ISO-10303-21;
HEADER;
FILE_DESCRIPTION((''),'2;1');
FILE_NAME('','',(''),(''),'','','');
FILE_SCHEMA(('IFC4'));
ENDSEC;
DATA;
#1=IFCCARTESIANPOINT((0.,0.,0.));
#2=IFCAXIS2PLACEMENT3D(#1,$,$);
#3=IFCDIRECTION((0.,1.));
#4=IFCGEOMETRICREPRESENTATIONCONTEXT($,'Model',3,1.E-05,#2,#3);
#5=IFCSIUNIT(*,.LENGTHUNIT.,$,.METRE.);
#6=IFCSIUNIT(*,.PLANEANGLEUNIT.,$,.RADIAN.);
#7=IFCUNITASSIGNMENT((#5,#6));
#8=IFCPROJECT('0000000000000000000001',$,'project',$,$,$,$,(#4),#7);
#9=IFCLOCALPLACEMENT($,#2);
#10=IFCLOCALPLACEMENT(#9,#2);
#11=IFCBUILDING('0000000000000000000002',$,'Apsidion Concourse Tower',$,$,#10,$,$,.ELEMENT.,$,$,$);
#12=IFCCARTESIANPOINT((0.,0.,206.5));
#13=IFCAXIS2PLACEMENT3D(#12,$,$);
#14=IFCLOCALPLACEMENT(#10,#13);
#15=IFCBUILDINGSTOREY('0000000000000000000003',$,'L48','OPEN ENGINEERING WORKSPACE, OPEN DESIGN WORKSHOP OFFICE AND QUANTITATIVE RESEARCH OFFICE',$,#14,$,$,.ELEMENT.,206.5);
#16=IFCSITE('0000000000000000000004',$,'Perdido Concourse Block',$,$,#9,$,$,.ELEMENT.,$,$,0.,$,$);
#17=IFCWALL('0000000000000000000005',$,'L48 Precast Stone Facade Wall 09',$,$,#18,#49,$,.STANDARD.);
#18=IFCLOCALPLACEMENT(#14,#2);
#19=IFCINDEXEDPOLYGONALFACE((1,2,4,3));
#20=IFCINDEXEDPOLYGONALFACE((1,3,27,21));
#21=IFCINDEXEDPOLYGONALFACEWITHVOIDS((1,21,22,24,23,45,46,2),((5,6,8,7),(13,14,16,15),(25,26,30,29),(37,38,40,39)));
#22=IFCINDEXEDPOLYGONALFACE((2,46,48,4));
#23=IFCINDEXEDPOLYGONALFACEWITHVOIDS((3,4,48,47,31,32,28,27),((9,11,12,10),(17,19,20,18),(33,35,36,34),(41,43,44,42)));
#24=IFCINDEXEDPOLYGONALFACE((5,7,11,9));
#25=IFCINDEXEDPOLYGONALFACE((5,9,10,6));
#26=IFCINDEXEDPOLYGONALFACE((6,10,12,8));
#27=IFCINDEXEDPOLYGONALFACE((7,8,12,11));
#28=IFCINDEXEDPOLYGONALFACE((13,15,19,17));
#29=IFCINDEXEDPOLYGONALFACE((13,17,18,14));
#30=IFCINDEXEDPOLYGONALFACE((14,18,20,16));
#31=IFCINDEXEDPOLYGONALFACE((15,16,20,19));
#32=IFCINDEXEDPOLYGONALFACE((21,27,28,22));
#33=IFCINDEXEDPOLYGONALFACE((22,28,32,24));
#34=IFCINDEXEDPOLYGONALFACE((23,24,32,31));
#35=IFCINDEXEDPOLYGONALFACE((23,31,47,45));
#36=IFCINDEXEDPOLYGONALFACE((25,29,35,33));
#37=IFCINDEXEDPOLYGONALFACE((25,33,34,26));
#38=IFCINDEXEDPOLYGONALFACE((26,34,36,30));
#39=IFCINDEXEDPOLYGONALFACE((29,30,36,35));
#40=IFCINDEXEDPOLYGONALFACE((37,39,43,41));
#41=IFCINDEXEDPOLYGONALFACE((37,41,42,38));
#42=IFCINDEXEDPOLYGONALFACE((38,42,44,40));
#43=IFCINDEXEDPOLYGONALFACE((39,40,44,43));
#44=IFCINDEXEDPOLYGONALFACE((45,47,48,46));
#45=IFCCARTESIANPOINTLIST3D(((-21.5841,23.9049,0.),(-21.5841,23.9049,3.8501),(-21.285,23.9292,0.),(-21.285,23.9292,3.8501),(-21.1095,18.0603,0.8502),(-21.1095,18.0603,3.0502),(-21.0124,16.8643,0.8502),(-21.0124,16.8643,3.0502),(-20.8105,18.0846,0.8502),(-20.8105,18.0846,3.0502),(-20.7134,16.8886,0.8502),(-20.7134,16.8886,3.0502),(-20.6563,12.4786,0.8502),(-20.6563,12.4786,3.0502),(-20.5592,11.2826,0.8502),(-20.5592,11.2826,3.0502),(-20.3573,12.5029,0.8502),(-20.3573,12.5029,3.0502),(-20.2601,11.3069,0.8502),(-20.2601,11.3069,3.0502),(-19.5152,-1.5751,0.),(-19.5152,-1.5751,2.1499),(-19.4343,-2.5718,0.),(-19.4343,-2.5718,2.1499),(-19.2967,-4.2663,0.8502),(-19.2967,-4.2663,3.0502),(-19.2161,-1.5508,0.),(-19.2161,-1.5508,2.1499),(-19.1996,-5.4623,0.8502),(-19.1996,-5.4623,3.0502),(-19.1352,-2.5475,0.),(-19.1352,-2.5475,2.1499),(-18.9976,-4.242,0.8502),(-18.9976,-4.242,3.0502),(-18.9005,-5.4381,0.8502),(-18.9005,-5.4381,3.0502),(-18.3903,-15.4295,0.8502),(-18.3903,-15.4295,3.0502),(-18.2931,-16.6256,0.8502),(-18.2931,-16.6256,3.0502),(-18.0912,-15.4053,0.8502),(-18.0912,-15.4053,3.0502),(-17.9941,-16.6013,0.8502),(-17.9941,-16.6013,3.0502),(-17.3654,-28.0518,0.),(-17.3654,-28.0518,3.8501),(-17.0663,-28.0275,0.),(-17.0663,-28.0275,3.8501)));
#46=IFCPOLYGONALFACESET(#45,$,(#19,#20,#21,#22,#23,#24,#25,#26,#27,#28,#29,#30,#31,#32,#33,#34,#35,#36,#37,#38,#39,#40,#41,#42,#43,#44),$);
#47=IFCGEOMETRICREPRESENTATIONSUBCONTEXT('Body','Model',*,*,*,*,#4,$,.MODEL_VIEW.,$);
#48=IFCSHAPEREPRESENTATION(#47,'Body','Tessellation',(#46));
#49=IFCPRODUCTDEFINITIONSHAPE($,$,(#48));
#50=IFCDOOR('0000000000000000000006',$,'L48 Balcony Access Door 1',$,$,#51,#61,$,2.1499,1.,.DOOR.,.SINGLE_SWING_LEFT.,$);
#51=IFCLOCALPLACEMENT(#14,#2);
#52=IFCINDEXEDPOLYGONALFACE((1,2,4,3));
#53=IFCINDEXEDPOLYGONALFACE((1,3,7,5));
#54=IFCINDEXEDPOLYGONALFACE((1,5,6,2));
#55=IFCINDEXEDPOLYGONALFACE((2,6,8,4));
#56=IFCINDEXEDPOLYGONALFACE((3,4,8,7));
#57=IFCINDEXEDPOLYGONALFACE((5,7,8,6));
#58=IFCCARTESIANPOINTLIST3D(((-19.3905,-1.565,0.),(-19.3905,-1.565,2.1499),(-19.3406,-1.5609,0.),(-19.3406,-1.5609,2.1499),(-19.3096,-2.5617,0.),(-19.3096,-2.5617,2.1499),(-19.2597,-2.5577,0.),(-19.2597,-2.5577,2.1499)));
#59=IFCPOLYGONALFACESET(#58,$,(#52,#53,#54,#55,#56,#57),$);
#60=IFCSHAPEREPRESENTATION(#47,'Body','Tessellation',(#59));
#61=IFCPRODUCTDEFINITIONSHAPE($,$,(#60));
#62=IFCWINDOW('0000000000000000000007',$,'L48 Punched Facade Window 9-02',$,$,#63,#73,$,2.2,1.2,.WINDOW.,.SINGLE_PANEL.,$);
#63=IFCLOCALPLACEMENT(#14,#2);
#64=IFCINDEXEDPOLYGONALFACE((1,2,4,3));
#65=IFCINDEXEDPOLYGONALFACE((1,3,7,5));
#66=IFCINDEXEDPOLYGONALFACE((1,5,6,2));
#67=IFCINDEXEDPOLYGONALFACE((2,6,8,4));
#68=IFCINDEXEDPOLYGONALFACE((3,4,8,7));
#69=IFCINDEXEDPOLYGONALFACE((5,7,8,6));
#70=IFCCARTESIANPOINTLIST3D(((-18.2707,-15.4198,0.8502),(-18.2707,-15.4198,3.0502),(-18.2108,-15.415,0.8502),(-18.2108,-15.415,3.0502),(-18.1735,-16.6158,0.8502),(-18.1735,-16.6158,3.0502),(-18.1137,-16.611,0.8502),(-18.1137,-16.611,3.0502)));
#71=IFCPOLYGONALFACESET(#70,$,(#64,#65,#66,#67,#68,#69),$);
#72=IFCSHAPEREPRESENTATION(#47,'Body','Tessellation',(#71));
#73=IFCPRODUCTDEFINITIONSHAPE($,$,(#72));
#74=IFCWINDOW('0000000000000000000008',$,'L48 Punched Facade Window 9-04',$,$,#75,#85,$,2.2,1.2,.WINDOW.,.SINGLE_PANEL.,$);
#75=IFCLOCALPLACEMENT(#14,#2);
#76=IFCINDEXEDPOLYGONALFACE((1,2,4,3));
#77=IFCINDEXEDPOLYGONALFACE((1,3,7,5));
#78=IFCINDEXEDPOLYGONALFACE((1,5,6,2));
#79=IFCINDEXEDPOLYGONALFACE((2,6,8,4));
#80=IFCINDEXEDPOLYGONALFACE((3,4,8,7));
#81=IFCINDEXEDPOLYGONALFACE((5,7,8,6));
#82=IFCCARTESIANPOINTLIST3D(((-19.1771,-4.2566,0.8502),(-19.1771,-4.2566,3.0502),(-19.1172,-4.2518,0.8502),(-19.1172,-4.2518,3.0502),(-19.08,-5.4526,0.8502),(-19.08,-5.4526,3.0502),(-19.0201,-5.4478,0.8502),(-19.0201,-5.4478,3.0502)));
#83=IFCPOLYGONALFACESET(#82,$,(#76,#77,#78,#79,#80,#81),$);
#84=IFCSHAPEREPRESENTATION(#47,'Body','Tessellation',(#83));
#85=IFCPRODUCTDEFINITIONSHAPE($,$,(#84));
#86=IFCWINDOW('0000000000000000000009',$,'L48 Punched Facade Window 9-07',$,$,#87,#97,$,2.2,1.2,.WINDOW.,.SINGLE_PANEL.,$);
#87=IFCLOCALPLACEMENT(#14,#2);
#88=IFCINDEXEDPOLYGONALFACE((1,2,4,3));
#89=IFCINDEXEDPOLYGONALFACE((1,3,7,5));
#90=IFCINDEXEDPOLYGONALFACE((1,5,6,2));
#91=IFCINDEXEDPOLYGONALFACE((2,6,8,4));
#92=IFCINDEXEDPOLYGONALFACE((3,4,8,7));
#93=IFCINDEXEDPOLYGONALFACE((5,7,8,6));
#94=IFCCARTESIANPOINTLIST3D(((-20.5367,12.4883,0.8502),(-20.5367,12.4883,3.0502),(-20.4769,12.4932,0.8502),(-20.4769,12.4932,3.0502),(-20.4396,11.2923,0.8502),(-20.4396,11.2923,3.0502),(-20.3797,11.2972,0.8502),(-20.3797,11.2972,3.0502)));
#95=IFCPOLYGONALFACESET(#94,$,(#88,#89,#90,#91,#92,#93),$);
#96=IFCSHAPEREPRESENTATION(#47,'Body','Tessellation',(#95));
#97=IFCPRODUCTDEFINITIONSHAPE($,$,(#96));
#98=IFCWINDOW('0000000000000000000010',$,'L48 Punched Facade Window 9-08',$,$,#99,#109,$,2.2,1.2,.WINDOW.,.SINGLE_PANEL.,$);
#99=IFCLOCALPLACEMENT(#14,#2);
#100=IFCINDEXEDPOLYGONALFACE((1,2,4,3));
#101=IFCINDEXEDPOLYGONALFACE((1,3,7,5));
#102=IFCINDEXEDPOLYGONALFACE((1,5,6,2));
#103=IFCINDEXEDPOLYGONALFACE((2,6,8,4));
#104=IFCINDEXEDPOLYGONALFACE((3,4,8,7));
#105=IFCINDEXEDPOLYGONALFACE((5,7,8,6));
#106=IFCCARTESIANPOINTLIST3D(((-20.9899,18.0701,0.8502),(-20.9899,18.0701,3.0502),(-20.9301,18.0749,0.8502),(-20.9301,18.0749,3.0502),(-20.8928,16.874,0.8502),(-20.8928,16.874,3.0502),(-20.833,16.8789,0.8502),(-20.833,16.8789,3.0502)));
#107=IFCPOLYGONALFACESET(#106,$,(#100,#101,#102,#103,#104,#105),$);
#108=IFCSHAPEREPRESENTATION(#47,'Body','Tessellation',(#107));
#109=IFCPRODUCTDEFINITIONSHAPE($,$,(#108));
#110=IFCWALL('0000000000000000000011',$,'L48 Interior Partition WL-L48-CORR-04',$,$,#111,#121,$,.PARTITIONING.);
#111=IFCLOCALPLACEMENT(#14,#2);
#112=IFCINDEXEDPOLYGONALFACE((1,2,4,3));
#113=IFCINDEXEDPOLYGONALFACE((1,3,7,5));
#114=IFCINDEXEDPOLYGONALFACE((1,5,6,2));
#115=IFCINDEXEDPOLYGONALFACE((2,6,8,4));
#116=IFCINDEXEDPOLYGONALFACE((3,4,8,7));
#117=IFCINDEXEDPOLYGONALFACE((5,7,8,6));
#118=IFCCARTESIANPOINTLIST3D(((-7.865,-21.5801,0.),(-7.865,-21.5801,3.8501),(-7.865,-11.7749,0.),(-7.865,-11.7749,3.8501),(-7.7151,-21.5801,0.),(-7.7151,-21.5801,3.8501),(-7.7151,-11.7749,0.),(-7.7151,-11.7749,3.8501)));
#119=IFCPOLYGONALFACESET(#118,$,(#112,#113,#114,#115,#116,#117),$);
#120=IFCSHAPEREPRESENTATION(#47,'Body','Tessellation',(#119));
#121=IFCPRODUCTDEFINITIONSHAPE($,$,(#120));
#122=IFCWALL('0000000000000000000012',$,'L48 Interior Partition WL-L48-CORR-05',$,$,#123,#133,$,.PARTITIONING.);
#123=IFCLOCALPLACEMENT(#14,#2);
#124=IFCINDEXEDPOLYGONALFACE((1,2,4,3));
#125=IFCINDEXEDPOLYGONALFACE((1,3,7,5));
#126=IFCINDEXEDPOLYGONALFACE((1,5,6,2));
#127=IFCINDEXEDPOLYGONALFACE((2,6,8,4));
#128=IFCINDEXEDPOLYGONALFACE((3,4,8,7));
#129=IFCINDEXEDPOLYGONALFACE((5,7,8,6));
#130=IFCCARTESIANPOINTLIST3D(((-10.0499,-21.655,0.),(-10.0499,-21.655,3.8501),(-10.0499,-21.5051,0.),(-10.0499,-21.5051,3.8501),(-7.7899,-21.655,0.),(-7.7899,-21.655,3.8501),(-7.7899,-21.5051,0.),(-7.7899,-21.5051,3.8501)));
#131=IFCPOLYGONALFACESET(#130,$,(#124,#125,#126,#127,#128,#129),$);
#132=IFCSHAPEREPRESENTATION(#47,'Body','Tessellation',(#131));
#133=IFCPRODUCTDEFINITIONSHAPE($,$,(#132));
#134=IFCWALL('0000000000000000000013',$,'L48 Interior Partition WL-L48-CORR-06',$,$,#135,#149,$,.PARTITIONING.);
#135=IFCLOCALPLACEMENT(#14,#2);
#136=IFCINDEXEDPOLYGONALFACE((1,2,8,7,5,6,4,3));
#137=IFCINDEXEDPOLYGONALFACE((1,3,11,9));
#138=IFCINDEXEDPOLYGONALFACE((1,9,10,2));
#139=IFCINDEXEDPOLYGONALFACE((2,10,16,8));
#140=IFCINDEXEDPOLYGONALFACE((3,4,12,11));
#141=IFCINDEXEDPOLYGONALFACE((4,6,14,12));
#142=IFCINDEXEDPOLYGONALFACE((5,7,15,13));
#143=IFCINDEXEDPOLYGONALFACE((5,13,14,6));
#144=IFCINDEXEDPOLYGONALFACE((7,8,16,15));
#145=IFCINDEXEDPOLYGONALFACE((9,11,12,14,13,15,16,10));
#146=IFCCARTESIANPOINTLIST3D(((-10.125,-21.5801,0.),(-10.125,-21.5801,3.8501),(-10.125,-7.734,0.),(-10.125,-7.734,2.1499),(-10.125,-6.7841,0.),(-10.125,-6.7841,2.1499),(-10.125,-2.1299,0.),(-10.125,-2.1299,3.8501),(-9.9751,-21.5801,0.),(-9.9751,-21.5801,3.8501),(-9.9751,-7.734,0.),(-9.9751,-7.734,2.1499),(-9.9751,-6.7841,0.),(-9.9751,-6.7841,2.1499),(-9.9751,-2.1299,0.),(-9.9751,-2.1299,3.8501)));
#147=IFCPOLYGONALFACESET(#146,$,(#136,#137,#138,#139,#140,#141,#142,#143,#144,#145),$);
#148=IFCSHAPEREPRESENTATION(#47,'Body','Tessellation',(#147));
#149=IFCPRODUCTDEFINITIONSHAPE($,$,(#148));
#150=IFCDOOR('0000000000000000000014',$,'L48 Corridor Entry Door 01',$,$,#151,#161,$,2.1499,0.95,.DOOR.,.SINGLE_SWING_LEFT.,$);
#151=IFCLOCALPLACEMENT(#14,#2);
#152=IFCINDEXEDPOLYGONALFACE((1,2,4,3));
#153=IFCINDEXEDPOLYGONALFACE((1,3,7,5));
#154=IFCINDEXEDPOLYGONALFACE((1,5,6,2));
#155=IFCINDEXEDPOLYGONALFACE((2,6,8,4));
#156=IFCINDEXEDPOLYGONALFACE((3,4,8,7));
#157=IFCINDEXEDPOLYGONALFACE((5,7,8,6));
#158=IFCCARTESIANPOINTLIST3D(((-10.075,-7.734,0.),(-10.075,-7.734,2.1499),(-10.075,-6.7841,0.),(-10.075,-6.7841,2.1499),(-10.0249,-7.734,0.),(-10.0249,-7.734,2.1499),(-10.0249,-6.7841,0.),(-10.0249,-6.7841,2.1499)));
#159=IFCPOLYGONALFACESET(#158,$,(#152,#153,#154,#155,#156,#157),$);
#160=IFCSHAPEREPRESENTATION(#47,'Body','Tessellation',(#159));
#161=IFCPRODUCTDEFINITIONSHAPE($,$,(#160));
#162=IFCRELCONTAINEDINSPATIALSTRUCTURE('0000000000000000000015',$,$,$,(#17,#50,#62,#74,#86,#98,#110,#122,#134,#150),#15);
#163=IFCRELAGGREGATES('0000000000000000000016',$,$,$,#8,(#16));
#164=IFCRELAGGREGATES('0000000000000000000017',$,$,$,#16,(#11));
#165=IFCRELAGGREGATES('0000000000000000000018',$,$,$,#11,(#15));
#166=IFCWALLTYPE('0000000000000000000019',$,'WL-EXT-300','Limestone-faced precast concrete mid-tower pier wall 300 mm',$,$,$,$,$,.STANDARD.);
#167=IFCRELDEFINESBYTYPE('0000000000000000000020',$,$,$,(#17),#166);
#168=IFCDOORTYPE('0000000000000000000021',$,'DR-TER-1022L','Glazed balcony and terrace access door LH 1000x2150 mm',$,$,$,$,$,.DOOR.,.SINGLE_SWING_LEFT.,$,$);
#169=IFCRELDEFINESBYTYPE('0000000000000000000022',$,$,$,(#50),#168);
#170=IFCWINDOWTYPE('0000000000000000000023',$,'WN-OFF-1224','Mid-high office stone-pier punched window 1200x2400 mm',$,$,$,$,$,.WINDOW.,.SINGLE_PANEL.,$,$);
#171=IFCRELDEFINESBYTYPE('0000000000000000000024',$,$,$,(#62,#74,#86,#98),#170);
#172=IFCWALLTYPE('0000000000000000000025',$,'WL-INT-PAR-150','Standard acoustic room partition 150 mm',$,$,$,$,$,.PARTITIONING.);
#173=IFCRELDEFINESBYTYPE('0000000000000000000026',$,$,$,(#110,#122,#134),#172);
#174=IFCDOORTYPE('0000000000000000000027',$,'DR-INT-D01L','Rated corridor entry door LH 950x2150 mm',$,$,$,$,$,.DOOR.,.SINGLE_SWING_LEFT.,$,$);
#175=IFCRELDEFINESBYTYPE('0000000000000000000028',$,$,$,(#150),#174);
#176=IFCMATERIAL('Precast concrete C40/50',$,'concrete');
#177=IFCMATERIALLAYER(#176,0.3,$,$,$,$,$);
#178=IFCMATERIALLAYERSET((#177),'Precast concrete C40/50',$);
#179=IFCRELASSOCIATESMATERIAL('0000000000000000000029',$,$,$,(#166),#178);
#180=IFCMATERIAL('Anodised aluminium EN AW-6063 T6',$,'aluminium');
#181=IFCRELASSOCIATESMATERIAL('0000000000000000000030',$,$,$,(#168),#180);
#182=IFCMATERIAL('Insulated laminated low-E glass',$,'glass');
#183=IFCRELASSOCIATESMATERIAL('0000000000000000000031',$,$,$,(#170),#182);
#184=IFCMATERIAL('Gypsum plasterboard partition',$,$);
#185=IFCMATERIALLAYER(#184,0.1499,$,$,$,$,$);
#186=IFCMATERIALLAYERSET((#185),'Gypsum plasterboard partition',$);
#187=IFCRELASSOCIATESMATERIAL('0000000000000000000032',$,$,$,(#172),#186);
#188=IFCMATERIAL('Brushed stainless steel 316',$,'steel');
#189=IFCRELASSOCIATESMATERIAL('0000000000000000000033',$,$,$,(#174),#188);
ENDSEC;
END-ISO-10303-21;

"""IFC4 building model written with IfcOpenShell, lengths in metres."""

from ifc_helpers import new_model, si_unit, direction, frame, frame_2d, origin, place, context, subcontext, project, spatial, rectangle, extrude, material, layer, layer_set, type_object, element, fill, save


model = new_model("IFC4")

# Units and contexts
model_context = context("Model", 3, precision=1e-05, world=origin(), true_north=direction((0.0, 1.0)))
body_context = subcontext(model_context, "Body", "Model", "MODEL_VIEW")
ifc_project = project(units=[si_unit("LENGTHUNIT", "METRE"), si_unit("PLANEANGLEUNIT", "RADIAN")], contexts=[model_context])

# Site, building, storey
site_placement = place(None, origin())
site = spatial("IfcSite", under=ifc_project, at=site_placement, Name="Perdido Concourse Block", CompositionType="ELEMENT", RefElevation=0.0)
building_placement = place(site_placement, origin())
building = spatial("IfcBuilding", under=site, at=building_placement, Name="Apsidion Concourse Tower", CompositionType="ELEMENT")
storey_placement = place(building_placement, frame((0.0, 0.0, 206.5)))
storey = spatial("IfcBuildingStorey", under=building, at=storey_placement, Name="L48", Description="OPEN ENGINEERING WORKSPACE, OPEN DESIGN WORKSHOP OFFICE AND QUANTITATIVE RESEARCH OFFICE", CompositionType="ELEMENT", Elevation=206.5)

# Shared definitions
ifc_material_1 = material(Name="Precast concrete C40/50", Category="concrete")
ifc_layer_1 = layer(ifc_material_1, 0.3)
ifc_layer_set_1 = layer_set([ifc_layer_1], Name="Precast concrete C40/50")
wall_type_1 = type_object("IfcWallType", Name="WL-EXT-300", Description="Limestone-faced precast concrete mid-tower pier wall 300 mm", PredefinedType="STANDARD", material=ifc_layer_set_1)

# Wall, openings, door, windows
wall_1_placement = place(storey_placement, frame((-17.2158, -28.0398, 0.0), z_axis=(0.0, 0.0, 1.0), x_axis=(-0.080931, 0.99672, 0.0)))
wall_1 = element("IfcWall", 1, at=wall_1_placement, inside=storey, type_object=wall_type_1, Name="L48 Precast Stone Facade Wall 09", PredefinedType="STANDARD", context=body_context, shape_type="SweptSolid", body=[
    extrude(rectangle(XDim=52.1277, YDim=0.3, at=frame_2d((26.064, 0.0))), origin(), (0.0, 0.0, 1.0), 3.8501),
])
opening_1_placement = place(wall_1_placement, frame((25.564, 0.0, 0.0)))
opening_1 = element("IfcOpeningElement", 2, at=opening_1_placement, cuts=wall_1, PredefinedType="OPENING", context=body_context, shape_type="SweptSolid", body=[
    extrude(rectangle(XDim=1.0, YDim=2.1499, at=frame_2d((0.5, 1.075))), frame((0.0, 0.1602, 0.0), z_axis=(0.0, -1.0, 0.0), x_axis=(1.0, 0.0, 0.0)), (0.0, 0.0, 1.0), 0.3201),
])
opening_2_placement = place(wall_1_placement, frame((11.4639, 0.0, 0.8501)))
opening_2 = element("IfcOpeningElement", 3, at=opening_2_placement, cuts=wall_1, PredefinedType="OPENING", context=body_context, shape_type="SweptSolid", body=[
    extrude(rectangle(XDim=1.2, YDim=2.2, at=frame_2d((0.6001, 1.1001))), frame((0.0, 0.1602, 0.0), z_axis=(0.0, -1.0, 0.0), x_axis=(1.0, 0.0, 0.0)), (0.0, 0.0, 1.0), 0.3201),
])
opening_3_placement = place(wall_1_placement, frame((22.6638, 0.0, 0.8501)))
opening_3 = element("IfcOpeningElement", 4, at=opening_3_placement, cuts=wall_1, PredefinedType="OPENING", context=body_context, shape_type="SweptSolid", body=[
    extrude(rectangle(XDim=1.2, YDim=2.2, at=frame_2d((0.6001, 1.1001))), frame((0.0, 0.1602, 0.0), z_axis=(0.0, -1.0, 0.0), x_axis=(1.0, 0.0, 0.0)), (0.0, 0.0, 1.0), 0.3201),
])
opening_4_placement = place(wall_1_placement, frame((39.4639, 0.0, 0.8501)))
opening_4 = element("IfcOpeningElement", 5, at=opening_4_placement, cuts=wall_1, PredefinedType="OPENING", context=body_context, shape_type="SweptSolid", body=[
    extrude(rectangle(XDim=1.2, YDim=2.2, at=frame_2d((0.6001, 1.1001))), frame((0.0, 0.1602, 0.0), z_axis=(0.0, -1.0, 0.0), x_axis=(1.0, 0.0, 0.0)), (0.0, 0.0, 1.0), 0.3201),
])
opening_5_placement = place(wall_1_placement, frame((45.064, 0.0, 0.8501)))
opening_5 = element("IfcOpeningElement", 6, at=opening_5_placement, cuts=wall_1, PredefinedType="OPENING", context=body_context, shape_type="SweptSolid", body=[
    extrude(rectangle(XDim=1.2, YDim=2.2, at=frame_2d((0.6001, 1.1001))), frame((0.0, 0.1602, 0.0), z_axis=(0.0, -1.0, 0.0), x_axis=(1.0, 0.0, 0.0)), (0.0, 0.0, 1.0), 0.3201),
])
ifc_material_2 = material(Name="Anodised aluminium EN AW-6063 T6", Category="aluminium")
door_type_1 = type_object("IfcDoorType", Name="DR-TER-1022L", Description="Glazed balcony and terrace access door LH 1000x2150 mm", OperationType="SINGLE_SWING_LEFT", PredefinedType="DOOR", material=ifc_material_2)
door_1_placement = place(opening_1_placement, origin())
door_1 = element("IfcDoor", 7, at=door_1_placement, inside=storey, type_object=door_type_1, Name="L48 Balcony Access Door 1", OperationType="SINGLE_SWING_LEFT", OverallHeight=2.1499, OverallWidth=1.0, PredefinedType="DOOR", context=body_context, shape_type="SweptSolid", body=[
    extrude(rectangle(XDim=1.0, YDim=2.1499, at=frame_2d((0.5, 1.075))), frame((0.0, 0.0249, 0.0), z_axis=(0.0, -1.0, 0.0), x_axis=(1.0, 0.0, 0.0)), (0.0, 0.0, 1.0), 0.05),
])
fill(opening_1, door_1)
ifc_material_3 = material(Name="Insulated laminated low-E glass", Category="glass")
window_type = type_object("IfcWindowType", Name="WN-OFF-1224", Description="Mid-high office stone-pier punched window 1200x2400 mm", PartitioningType="SINGLE_PANEL", PredefinedType="WINDOW", material=ifc_material_3)
window_1_placement = place(opening_2_placement, origin())
window_1 = element("IfcWindow", 8, at=window_1_placement, inside=storey, type_object=window_type, Name="L48 Punched Facade Window 9-02", OverallHeight=2.2, OverallWidth=1.2, PartitioningType="SINGLE_PANEL", PredefinedType="WINDOW", context=body_context, shape_type="SweptSolid", body=[
    extrude(rectangle(XDim=1.2, YDim=2.2, at=frame_2d((0.6001, 1.1001))), frame((0.0, 0.03, 0.0), z_axis=(0.0, -1.0, 0.0), x_axis=(1.0, 0.0, 0.0)), (0.0, 0.0, 1.0), 0.0601),
])
fill(opening_2, window_1)
window_2_placement = place(opening_3_placement, origin())
window_2 = element("IfcWindow", 9, at=window_2_placement, inside=storey, type_object=window_type, Name="L48 Punched Facade Window 9-04", OverallHeight=2.2, OverallWidth=1.2, PartitioningType="SINGLE_PANEL", PredefinedType="WINDOW", context=body_context, shape_type="SweptSolid", body=[
    extrude(rectangle(XDim=1.2, YDim=2.2, at=frame_2d((0.6001, 1.1001))), frame((0.0, 0.03, 0.0), z_axis=(0.0, -1.0, 0.0), x_axis=(1.0, 0.0, 0.0)), (0.0, 0.0, 1.0), 0.0601),
])
fill(opening_3, window_2)
window_3_placement = place(opening_4_placement, origin())
window_3 = element("IfcWindow", 10, at=window_3_placement, inside=storey, type_object=window_type, Name="L48 Punched Facade Window 9-07", OverallHeight=2.2, OverallWidth=1.2, PartitioningType="SINGLE_PANEL", PredefinedType="WINDOW", context=body_context, shape_type="SweptSolid", body=[
    extrude(rectangle(XDim=1.2, YDim=2.2, at=frame_2d((0.6001, 1.1001))), frame((0.0, 0.03, 0.0), z_axis=(0.0, -1.0, 0.0), x_axis=(1.0, 0.0, 0.0)), (0.0, 0.0, 1.0), 0.0601),
])
fill(opening_4, window_3)
window_4_placement = place(opening_5_placement, origin())
window_4 = element("IfcWindow", 11, at=window_4_placement, inside=storey, type_object=window_type, Name="L48 Punched Facade Window 9-08", OverallHeight=2.2, OverallWidth=1.2, PartitioningType="SINGLE_PANEL", PredefinedType="WINDOW", context=body_context, shape_type="SweptSolid", body=[
    extrude(rectangle(XDim=1.2, YDim=2.2, at=frame_2d((0.6001, 1.1001))), frame((0.0, 0.03, 0.0), z_axis=(0.0, -1.0, 0.0), x_axis=(1.0, 0.0, 0.0)), (0.0, 0.0, 1.0), 0.0601),
])
fill(opening_5, window_4)

# Walls
ifc_material_4 = material(Name="Gypsum plasterboard partition")
ifc_layer_2 = layer(ifc_material_4, 0.1499)
ifc_layer_set_2 = layer_set([ifc_layer_2], Name="Gypsum plasterboard partition")
wall_type_2 = type_object("IfcWallType", Name="WL-INT-PAR-150", Description="Standard acoustic room partition 150 mm", PredefinedType="PARTITIONING", material=ifc_layer_set_2)
wall_2_placement = place(storey_placement, frame((-7.79, -11.7749, 0.0), z_axis=(0.0, 0.0, 1.0), x_axis=(0.0, -1.0, 0.0)))
element("IfcWall", 12, at=wall_2_placement, inside=storey, type_object=wall_type_2, Name="L48 Interior Partition WL-L48-CORR-04", PredefinedType="PARTITIONING", context=body_context, shape_type="SweptSolid", body=[
    extrude(rectangle(XDim=9.8052, YDim=0.1499, at=frame_2d((4.9026, 0.0))), origin(), (0.0, 0.0, 1.0), 3.8501),
])
wall_3_placement = place(storey_placement, frame((-7.79, -21.5801, 0.0), z_axis=(0.0, 0.0, 1.0), x_axis=(-1.0, 0.0, 0.0)))
element("IfcWall", 13, at=wall_3_placement, inside=storey, type_object=wall_type_2, Name="L48 Interior Partition WL-L48-CORR-05", PredefinedType="PARTITIONING", context=body_context, shape_type="SweptSolid", body=[
    extrude(rectangle(XDim=2.26, YDim=0.1499, at=frame_2d((1.1299, 0.0))), origin(), (0.0, 0.0, 1.0), 3.8501),
])

# Wall, opening, door
wall_4_placement = place(storey_placement, frame((-10.05, -21.5801, 0.0), z_axis=(0.0, 0.0, 1.0), x_axis=(0.0, 1.0, 0.0)))
wall_4 = element("IfcWall", 14, at=wall_4_placement, inside=storey, type_object=wall_type_2, Name="L48 Interior Partition WL-L48-CORR-06", PredefinedType="PARTITIONING", context=body_context, shape_type="SweptSolid", body=[
    extrude(rectangle(XDim=19.4502, YDim=0.1499, at=frame_2d((9.7251, 0.0))), origin(), (0.0, 0.0, 1.0), 3.8501),
])
opening_6_placement = place(wall_4_placement, frame((13.8459, 0.0, 0.0)))
opening_6 = element("IfcOpeningElement", 15, at=opening_6_placement, cuts=wall_4, PredefinedType="OPENING", context=body_context, shape_type="SweptSolid", body=[
    extrude(rectangle(XDim=0.95, YDim=2.1499, at=frame_2d((0.4751, 1.075))), frame((0.0, 0.085, 0.0), z_axis=(0.0, -1.0, 0.0), x_axis=(1.0, 0.0, 0.0)), (0.0, 0.0, 1.0), 0.1699),
])
ifc_material_5 = material(Name="Brushed stainless steel 316", Category="steel")
door_type_2 = type_object("IfcDoorType", Name="DR-INT-D01L", Description="Rated corridor entry door LH 950x2150 mm", OperationType="SINGLE_SWING_LEFT", PredefinedType="DOOR", material=ifc_material_5)
door_2_placement = place(opening_6_placement, origin())
door_2 = element("IfcDoor", 16, at=door_2_placement, inside=storey, type_object=door_type_2, Name="L48 Corridor Entry Door 01", OperationType="SINGLE_SWING_LEFT", OverallHeight=2.1499, OverallWidth=0.95, PredefinedType="DOOR", context=body_context, shape_type="SweptSolid", body=[
    extrude(rectangle(XDim=0.95, YDim=2.1499, at=frame_2d((0.4751, 1.075))), frame((0.0, 0.0249, 0.0), z_axis=(0.0, -1.0, 0.0), x_axis=(1.0, 0.0, 0.0)), (0.0, 0.0, 1.0), 0.05),
])
fill(opening_6, door_2)

save(model, "model.ifc")
